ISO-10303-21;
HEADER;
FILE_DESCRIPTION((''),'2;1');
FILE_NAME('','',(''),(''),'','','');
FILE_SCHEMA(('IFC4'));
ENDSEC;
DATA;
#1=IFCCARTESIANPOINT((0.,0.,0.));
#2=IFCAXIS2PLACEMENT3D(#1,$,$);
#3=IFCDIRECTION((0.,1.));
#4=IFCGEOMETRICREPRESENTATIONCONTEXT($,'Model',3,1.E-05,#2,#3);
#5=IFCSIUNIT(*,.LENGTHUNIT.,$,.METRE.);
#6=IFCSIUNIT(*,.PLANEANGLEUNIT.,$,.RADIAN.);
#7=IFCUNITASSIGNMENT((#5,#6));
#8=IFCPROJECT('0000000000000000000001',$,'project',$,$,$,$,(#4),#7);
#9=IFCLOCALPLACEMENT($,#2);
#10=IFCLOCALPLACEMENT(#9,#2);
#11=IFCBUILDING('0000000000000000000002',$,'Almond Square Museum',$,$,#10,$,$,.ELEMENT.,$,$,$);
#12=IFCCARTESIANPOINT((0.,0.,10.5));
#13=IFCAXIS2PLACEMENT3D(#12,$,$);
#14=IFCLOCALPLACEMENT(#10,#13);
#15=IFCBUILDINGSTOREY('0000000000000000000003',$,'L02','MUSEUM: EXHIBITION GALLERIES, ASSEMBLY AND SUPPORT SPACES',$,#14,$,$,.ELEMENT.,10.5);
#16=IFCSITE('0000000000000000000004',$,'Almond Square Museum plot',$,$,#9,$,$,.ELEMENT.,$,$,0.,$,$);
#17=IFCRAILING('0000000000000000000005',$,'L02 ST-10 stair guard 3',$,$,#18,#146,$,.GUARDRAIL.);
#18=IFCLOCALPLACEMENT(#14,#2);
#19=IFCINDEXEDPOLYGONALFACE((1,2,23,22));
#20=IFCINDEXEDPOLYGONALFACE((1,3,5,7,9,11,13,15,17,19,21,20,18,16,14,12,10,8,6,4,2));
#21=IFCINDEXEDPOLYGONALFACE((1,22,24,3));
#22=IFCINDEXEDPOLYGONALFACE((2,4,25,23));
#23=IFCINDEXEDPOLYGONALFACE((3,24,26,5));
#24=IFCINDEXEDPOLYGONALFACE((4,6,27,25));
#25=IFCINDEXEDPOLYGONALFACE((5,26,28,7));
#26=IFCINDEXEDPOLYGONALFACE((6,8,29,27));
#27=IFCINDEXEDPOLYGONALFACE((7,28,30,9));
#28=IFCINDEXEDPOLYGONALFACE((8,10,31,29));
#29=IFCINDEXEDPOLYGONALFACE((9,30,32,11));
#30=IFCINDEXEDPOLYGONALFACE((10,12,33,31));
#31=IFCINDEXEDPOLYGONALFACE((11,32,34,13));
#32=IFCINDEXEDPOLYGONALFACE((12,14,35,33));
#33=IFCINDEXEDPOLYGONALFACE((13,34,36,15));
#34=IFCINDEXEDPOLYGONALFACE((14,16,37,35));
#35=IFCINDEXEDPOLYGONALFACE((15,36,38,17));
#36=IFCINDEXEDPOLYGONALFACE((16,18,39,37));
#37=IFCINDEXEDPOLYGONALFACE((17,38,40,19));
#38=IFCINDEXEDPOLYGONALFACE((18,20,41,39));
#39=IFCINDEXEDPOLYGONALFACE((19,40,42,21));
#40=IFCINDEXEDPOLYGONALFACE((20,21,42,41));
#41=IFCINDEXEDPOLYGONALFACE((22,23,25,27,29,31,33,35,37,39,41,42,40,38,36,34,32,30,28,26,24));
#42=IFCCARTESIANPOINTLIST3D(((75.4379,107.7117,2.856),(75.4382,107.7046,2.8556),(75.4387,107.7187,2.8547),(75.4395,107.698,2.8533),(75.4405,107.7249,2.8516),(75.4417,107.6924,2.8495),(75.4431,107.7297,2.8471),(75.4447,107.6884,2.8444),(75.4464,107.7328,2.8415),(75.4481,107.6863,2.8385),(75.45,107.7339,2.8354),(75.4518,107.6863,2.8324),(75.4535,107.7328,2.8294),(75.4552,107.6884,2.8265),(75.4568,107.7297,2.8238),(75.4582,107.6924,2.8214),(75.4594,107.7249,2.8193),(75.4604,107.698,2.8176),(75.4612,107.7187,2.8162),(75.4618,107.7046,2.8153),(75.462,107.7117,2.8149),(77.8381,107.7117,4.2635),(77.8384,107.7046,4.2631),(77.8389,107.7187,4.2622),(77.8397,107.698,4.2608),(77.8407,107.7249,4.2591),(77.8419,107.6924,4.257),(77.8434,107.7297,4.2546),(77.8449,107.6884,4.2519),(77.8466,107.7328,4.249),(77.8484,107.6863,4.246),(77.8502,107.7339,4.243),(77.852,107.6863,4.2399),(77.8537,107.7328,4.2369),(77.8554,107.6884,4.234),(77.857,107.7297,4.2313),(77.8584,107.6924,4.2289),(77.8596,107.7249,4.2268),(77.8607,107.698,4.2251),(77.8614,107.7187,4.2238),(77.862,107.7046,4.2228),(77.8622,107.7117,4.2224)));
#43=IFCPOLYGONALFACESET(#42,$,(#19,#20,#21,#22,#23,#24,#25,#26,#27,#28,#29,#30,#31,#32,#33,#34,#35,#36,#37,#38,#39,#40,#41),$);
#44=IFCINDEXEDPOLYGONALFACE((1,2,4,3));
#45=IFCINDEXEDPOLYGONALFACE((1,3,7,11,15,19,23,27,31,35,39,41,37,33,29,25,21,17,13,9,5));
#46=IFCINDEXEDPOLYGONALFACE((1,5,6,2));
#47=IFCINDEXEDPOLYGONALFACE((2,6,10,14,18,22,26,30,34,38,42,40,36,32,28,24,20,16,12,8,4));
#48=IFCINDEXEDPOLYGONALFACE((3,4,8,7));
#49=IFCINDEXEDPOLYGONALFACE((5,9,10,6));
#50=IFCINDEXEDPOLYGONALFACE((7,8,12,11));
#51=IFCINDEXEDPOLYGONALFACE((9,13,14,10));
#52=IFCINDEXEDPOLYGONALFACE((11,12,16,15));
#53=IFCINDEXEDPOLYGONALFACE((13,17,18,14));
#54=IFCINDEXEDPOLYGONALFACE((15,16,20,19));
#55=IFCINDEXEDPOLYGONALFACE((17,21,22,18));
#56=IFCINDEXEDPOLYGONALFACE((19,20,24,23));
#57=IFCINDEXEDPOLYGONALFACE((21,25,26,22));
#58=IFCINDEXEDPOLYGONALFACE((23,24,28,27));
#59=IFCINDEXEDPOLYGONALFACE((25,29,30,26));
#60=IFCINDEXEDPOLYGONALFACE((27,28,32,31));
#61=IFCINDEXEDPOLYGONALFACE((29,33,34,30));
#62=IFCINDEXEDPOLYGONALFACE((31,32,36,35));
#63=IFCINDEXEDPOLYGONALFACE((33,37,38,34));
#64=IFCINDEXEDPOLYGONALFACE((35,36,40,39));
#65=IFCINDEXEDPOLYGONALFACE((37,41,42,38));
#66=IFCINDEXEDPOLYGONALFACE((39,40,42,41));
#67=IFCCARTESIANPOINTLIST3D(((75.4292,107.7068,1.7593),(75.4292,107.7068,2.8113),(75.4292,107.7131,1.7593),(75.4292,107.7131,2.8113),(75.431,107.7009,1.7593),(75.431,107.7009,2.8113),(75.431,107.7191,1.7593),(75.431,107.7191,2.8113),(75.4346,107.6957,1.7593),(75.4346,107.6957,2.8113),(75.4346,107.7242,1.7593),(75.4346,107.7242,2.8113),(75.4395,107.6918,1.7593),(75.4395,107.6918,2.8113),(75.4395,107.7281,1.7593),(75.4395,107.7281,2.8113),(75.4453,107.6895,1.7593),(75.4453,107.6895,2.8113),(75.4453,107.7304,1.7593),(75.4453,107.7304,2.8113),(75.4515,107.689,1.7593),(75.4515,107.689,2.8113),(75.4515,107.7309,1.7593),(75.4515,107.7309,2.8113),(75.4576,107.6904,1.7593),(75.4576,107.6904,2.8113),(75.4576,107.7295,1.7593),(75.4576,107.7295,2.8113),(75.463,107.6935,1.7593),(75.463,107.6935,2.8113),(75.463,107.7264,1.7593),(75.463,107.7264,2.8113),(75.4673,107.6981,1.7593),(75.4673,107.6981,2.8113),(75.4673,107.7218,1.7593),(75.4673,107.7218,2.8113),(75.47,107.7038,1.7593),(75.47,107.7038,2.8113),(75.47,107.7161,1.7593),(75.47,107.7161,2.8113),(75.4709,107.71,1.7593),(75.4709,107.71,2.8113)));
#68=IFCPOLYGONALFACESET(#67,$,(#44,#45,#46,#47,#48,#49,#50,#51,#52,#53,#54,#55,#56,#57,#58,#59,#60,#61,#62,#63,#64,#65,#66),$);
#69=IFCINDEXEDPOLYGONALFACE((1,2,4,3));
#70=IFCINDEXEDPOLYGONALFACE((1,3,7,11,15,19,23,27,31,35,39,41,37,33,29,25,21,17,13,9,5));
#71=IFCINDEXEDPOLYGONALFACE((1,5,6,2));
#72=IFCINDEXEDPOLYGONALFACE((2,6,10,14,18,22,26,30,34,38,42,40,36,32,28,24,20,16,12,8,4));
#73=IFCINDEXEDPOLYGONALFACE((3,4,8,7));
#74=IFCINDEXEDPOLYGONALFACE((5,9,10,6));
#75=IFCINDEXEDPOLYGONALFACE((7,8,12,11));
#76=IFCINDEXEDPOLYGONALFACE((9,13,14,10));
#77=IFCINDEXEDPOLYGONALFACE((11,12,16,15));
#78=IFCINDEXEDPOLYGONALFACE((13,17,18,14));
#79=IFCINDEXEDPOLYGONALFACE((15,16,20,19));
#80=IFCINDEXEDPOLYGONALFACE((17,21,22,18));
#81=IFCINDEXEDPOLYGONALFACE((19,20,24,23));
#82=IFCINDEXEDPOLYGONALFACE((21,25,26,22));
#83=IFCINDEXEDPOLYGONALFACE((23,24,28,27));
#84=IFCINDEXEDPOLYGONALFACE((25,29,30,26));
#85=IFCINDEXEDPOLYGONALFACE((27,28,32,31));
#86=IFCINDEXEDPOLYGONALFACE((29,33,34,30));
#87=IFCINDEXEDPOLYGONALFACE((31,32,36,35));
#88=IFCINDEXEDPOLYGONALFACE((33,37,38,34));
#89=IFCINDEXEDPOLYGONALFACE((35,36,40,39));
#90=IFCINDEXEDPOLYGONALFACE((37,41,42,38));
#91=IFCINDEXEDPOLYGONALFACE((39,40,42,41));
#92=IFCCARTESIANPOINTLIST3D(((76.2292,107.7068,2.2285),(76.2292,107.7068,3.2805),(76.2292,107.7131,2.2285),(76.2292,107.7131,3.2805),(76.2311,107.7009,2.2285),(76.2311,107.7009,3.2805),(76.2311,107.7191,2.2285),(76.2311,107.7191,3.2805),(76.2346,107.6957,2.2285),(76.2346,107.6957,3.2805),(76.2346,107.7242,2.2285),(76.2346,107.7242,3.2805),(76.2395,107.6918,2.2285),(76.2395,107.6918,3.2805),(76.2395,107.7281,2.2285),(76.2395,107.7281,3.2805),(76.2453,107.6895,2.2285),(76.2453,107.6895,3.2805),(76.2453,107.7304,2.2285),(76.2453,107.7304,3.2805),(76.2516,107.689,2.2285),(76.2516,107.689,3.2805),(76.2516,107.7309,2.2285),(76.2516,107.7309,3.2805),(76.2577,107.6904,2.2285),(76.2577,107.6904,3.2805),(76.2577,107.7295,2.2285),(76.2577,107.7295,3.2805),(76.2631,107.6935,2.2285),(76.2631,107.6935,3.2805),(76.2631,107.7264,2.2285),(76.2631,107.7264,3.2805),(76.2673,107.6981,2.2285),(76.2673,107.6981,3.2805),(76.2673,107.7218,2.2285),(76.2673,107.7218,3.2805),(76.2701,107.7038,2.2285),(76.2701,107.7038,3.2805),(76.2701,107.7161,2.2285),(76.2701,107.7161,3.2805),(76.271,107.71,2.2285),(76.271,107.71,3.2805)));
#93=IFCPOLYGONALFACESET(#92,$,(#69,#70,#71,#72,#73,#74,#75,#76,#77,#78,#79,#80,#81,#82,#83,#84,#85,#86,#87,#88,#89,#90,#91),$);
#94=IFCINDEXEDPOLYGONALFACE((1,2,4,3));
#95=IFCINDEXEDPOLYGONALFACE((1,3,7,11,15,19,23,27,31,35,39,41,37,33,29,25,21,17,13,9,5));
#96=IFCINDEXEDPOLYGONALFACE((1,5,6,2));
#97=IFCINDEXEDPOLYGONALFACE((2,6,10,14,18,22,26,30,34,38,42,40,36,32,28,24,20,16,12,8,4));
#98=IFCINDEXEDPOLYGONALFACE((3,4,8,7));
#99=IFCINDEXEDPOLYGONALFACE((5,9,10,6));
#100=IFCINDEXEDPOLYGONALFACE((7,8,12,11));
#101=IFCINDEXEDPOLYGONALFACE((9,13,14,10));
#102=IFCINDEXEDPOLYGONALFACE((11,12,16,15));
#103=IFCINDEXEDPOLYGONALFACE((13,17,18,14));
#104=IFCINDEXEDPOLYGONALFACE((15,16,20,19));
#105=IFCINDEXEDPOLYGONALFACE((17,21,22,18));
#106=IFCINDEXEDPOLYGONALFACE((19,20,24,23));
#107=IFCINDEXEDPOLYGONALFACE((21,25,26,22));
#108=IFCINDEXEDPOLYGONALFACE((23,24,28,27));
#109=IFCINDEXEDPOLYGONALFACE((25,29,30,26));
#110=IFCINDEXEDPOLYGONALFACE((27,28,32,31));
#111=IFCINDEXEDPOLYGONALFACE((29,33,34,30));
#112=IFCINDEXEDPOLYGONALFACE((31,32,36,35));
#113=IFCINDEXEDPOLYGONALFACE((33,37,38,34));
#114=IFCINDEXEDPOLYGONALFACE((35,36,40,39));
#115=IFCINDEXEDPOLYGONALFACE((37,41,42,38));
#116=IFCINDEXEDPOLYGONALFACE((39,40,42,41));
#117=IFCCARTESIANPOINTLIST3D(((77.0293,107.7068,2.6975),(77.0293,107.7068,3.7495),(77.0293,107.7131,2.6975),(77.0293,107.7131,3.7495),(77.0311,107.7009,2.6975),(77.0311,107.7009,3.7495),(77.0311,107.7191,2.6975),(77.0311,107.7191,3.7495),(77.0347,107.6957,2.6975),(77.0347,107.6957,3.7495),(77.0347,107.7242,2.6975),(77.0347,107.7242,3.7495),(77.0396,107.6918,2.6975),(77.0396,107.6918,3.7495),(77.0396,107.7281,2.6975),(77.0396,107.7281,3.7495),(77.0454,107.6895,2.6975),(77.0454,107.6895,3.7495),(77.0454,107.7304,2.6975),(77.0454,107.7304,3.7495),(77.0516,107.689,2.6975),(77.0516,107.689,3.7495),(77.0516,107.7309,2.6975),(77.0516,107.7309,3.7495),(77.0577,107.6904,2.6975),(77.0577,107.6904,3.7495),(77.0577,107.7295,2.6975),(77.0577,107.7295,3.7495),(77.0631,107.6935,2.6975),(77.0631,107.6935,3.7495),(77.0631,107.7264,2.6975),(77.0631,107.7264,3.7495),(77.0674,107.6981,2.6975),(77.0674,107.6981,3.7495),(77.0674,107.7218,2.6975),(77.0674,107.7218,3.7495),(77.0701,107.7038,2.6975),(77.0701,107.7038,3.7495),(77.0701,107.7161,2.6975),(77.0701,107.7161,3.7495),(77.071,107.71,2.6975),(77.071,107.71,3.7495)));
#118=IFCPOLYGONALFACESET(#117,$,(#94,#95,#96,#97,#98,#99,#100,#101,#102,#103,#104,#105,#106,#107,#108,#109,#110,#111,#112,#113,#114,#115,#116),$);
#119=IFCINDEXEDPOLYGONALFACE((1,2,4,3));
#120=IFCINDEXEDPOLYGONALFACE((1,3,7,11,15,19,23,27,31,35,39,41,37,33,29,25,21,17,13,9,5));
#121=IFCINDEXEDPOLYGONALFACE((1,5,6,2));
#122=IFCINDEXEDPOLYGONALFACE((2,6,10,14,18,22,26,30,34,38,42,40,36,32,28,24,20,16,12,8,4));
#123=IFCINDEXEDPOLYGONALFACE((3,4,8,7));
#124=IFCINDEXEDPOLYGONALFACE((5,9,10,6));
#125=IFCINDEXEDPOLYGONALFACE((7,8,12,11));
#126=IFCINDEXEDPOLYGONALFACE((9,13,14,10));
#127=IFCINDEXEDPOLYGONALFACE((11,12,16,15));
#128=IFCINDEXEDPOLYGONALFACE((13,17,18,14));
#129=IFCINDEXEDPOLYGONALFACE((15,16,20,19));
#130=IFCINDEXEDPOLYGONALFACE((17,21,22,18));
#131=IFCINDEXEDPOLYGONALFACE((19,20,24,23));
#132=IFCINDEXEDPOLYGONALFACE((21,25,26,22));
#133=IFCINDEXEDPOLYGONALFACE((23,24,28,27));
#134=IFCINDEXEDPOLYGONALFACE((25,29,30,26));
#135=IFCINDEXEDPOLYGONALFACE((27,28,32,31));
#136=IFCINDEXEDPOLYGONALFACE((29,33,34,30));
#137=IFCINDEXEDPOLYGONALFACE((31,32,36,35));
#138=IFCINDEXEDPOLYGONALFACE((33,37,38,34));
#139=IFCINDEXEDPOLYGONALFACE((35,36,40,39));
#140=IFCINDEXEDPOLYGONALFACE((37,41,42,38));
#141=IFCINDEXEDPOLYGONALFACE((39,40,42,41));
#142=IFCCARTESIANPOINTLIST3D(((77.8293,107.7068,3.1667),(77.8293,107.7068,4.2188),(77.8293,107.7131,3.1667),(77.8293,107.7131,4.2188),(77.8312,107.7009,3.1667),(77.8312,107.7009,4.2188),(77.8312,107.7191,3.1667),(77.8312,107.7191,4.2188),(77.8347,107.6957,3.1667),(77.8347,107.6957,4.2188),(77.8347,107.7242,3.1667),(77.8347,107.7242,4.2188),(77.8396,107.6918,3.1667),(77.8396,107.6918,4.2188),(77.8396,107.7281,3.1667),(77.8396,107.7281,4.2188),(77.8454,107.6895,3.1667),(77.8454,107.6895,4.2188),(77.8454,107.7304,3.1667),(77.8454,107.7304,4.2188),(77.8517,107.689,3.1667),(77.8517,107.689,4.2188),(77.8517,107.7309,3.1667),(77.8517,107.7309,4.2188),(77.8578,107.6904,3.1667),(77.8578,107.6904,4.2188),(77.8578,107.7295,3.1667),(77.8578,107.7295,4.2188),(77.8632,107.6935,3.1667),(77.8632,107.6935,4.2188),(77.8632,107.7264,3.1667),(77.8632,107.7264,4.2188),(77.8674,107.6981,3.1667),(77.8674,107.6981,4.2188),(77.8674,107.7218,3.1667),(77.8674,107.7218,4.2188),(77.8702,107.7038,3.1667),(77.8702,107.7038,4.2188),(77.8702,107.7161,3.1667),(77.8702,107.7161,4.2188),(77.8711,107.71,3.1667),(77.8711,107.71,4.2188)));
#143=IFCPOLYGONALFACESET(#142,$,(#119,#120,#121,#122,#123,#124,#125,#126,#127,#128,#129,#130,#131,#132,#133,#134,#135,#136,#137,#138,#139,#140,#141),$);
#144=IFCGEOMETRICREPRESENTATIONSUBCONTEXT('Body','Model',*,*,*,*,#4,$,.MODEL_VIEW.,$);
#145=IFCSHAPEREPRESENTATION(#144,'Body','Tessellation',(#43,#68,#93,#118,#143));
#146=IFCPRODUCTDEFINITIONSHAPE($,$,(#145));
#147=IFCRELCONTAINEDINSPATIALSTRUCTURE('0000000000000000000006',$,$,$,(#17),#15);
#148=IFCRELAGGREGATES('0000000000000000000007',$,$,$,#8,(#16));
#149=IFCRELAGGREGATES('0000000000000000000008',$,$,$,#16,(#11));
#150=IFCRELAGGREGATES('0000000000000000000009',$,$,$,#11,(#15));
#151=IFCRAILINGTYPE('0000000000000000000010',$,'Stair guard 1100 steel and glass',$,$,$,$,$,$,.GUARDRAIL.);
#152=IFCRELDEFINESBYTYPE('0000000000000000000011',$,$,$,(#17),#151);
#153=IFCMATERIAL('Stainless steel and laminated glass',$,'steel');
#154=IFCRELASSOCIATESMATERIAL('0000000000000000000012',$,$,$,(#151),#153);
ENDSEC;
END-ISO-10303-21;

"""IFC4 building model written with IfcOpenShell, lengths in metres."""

from ifc_helpers import new_model, si_unit, direction, frame, origin, origin_2d, place, context, subcontext, project, spatial, circle, extrude, material, type_object, element, save


model = new_model("IFC4")

# Units and contexts
model_context = context("Model", 3, precision=1e-05, world=origin(), true_north=direction((0.0, 1.0)))
body_context = subcontext(model_context, "Body", "Model", "MODEL_VIEW")
ifc_project = project(units=[si_unit("LENGTHUNIT", "METRE"), si_unit("PLANEANGLEUNIT", "RADIAN")], contexts=[model_context])

# Site, building, storey
site_placement = place(None, origin())
site = spatial("IfcSite", under=ifc_project, at=site_placement, Name="Almond Square Museum plot", CompositionType="ELEMENT", RefElevation=0.0)
building_placement = place(site_placement, origin())
building = spatial("IfcBuilding", under=site, at=building_placement, Name="Almond Square Museum", CompositionType="ELEMENT")
storey_placement = place(building_placement, frame((0.0, 0.0, 10.5)))
storey = spatial("IfcBuildingStorey", under=building, at=storey_placement, Name="L02", Description="MUSEUM: EXHIBITION GALLERIES, ASSEMBLY AND SUPPORT SPACES", CompositionType="ELEMENT", Elevation=10.5)

# Railing
ifc_material_1 = material(Name="Stainless steel and laminated glass", Category="steel")
railing_type_1 = type_object("IfcRailingType", Name="Stair guard 1100 steel and glass", PredefinedType="GUARDRAIL", material=ifc_material_1)
railing_1_placement = place(storey_placement, frame((75.45, 107.71, 1.7593)))
element("IfcRailing", 1, at=railing_1_placement, inside=storey, type_object=railing_type_1, Name="L02 ST-10 stair guard 3", PredefinedType="GUARDRAIL", context=body_context, shape_type="SweptSolid", body=[
    extrude(circle(Radius=0.0239, at=origin_2d()), frame((0.0, 0.0, 1.0762), z_axis=(0.862621, 0.0, 0.50585), x_axis=(0.0, 1.0, 0.0)), (0.0, 0.0, 1.0), 2.7825),
    extrude(circle(Radius=0.021, at=origin_2d()), origin(), (0.0, 0.0, 1.0), 1.052),
    extrude(circle(Radius=0.021, at=origin_2d()), frame((0.8, 0.0, 0.4692)), (0.0, 0.0, 1.0), 1.052),
    extrude(circle(Radius=0.021, at=origin_2d()), frame((1.6001, 0.0, 0.9382)), (0.0, 0.0, 1.0), 1.052),
    extrude(circle(Radius=0.021, at=origin_2d()), frame((2.4001, 0.0, 1.4075)), (0.0, 0.0, 1.0), 1.052),
])

save(model, "model.ifc")
